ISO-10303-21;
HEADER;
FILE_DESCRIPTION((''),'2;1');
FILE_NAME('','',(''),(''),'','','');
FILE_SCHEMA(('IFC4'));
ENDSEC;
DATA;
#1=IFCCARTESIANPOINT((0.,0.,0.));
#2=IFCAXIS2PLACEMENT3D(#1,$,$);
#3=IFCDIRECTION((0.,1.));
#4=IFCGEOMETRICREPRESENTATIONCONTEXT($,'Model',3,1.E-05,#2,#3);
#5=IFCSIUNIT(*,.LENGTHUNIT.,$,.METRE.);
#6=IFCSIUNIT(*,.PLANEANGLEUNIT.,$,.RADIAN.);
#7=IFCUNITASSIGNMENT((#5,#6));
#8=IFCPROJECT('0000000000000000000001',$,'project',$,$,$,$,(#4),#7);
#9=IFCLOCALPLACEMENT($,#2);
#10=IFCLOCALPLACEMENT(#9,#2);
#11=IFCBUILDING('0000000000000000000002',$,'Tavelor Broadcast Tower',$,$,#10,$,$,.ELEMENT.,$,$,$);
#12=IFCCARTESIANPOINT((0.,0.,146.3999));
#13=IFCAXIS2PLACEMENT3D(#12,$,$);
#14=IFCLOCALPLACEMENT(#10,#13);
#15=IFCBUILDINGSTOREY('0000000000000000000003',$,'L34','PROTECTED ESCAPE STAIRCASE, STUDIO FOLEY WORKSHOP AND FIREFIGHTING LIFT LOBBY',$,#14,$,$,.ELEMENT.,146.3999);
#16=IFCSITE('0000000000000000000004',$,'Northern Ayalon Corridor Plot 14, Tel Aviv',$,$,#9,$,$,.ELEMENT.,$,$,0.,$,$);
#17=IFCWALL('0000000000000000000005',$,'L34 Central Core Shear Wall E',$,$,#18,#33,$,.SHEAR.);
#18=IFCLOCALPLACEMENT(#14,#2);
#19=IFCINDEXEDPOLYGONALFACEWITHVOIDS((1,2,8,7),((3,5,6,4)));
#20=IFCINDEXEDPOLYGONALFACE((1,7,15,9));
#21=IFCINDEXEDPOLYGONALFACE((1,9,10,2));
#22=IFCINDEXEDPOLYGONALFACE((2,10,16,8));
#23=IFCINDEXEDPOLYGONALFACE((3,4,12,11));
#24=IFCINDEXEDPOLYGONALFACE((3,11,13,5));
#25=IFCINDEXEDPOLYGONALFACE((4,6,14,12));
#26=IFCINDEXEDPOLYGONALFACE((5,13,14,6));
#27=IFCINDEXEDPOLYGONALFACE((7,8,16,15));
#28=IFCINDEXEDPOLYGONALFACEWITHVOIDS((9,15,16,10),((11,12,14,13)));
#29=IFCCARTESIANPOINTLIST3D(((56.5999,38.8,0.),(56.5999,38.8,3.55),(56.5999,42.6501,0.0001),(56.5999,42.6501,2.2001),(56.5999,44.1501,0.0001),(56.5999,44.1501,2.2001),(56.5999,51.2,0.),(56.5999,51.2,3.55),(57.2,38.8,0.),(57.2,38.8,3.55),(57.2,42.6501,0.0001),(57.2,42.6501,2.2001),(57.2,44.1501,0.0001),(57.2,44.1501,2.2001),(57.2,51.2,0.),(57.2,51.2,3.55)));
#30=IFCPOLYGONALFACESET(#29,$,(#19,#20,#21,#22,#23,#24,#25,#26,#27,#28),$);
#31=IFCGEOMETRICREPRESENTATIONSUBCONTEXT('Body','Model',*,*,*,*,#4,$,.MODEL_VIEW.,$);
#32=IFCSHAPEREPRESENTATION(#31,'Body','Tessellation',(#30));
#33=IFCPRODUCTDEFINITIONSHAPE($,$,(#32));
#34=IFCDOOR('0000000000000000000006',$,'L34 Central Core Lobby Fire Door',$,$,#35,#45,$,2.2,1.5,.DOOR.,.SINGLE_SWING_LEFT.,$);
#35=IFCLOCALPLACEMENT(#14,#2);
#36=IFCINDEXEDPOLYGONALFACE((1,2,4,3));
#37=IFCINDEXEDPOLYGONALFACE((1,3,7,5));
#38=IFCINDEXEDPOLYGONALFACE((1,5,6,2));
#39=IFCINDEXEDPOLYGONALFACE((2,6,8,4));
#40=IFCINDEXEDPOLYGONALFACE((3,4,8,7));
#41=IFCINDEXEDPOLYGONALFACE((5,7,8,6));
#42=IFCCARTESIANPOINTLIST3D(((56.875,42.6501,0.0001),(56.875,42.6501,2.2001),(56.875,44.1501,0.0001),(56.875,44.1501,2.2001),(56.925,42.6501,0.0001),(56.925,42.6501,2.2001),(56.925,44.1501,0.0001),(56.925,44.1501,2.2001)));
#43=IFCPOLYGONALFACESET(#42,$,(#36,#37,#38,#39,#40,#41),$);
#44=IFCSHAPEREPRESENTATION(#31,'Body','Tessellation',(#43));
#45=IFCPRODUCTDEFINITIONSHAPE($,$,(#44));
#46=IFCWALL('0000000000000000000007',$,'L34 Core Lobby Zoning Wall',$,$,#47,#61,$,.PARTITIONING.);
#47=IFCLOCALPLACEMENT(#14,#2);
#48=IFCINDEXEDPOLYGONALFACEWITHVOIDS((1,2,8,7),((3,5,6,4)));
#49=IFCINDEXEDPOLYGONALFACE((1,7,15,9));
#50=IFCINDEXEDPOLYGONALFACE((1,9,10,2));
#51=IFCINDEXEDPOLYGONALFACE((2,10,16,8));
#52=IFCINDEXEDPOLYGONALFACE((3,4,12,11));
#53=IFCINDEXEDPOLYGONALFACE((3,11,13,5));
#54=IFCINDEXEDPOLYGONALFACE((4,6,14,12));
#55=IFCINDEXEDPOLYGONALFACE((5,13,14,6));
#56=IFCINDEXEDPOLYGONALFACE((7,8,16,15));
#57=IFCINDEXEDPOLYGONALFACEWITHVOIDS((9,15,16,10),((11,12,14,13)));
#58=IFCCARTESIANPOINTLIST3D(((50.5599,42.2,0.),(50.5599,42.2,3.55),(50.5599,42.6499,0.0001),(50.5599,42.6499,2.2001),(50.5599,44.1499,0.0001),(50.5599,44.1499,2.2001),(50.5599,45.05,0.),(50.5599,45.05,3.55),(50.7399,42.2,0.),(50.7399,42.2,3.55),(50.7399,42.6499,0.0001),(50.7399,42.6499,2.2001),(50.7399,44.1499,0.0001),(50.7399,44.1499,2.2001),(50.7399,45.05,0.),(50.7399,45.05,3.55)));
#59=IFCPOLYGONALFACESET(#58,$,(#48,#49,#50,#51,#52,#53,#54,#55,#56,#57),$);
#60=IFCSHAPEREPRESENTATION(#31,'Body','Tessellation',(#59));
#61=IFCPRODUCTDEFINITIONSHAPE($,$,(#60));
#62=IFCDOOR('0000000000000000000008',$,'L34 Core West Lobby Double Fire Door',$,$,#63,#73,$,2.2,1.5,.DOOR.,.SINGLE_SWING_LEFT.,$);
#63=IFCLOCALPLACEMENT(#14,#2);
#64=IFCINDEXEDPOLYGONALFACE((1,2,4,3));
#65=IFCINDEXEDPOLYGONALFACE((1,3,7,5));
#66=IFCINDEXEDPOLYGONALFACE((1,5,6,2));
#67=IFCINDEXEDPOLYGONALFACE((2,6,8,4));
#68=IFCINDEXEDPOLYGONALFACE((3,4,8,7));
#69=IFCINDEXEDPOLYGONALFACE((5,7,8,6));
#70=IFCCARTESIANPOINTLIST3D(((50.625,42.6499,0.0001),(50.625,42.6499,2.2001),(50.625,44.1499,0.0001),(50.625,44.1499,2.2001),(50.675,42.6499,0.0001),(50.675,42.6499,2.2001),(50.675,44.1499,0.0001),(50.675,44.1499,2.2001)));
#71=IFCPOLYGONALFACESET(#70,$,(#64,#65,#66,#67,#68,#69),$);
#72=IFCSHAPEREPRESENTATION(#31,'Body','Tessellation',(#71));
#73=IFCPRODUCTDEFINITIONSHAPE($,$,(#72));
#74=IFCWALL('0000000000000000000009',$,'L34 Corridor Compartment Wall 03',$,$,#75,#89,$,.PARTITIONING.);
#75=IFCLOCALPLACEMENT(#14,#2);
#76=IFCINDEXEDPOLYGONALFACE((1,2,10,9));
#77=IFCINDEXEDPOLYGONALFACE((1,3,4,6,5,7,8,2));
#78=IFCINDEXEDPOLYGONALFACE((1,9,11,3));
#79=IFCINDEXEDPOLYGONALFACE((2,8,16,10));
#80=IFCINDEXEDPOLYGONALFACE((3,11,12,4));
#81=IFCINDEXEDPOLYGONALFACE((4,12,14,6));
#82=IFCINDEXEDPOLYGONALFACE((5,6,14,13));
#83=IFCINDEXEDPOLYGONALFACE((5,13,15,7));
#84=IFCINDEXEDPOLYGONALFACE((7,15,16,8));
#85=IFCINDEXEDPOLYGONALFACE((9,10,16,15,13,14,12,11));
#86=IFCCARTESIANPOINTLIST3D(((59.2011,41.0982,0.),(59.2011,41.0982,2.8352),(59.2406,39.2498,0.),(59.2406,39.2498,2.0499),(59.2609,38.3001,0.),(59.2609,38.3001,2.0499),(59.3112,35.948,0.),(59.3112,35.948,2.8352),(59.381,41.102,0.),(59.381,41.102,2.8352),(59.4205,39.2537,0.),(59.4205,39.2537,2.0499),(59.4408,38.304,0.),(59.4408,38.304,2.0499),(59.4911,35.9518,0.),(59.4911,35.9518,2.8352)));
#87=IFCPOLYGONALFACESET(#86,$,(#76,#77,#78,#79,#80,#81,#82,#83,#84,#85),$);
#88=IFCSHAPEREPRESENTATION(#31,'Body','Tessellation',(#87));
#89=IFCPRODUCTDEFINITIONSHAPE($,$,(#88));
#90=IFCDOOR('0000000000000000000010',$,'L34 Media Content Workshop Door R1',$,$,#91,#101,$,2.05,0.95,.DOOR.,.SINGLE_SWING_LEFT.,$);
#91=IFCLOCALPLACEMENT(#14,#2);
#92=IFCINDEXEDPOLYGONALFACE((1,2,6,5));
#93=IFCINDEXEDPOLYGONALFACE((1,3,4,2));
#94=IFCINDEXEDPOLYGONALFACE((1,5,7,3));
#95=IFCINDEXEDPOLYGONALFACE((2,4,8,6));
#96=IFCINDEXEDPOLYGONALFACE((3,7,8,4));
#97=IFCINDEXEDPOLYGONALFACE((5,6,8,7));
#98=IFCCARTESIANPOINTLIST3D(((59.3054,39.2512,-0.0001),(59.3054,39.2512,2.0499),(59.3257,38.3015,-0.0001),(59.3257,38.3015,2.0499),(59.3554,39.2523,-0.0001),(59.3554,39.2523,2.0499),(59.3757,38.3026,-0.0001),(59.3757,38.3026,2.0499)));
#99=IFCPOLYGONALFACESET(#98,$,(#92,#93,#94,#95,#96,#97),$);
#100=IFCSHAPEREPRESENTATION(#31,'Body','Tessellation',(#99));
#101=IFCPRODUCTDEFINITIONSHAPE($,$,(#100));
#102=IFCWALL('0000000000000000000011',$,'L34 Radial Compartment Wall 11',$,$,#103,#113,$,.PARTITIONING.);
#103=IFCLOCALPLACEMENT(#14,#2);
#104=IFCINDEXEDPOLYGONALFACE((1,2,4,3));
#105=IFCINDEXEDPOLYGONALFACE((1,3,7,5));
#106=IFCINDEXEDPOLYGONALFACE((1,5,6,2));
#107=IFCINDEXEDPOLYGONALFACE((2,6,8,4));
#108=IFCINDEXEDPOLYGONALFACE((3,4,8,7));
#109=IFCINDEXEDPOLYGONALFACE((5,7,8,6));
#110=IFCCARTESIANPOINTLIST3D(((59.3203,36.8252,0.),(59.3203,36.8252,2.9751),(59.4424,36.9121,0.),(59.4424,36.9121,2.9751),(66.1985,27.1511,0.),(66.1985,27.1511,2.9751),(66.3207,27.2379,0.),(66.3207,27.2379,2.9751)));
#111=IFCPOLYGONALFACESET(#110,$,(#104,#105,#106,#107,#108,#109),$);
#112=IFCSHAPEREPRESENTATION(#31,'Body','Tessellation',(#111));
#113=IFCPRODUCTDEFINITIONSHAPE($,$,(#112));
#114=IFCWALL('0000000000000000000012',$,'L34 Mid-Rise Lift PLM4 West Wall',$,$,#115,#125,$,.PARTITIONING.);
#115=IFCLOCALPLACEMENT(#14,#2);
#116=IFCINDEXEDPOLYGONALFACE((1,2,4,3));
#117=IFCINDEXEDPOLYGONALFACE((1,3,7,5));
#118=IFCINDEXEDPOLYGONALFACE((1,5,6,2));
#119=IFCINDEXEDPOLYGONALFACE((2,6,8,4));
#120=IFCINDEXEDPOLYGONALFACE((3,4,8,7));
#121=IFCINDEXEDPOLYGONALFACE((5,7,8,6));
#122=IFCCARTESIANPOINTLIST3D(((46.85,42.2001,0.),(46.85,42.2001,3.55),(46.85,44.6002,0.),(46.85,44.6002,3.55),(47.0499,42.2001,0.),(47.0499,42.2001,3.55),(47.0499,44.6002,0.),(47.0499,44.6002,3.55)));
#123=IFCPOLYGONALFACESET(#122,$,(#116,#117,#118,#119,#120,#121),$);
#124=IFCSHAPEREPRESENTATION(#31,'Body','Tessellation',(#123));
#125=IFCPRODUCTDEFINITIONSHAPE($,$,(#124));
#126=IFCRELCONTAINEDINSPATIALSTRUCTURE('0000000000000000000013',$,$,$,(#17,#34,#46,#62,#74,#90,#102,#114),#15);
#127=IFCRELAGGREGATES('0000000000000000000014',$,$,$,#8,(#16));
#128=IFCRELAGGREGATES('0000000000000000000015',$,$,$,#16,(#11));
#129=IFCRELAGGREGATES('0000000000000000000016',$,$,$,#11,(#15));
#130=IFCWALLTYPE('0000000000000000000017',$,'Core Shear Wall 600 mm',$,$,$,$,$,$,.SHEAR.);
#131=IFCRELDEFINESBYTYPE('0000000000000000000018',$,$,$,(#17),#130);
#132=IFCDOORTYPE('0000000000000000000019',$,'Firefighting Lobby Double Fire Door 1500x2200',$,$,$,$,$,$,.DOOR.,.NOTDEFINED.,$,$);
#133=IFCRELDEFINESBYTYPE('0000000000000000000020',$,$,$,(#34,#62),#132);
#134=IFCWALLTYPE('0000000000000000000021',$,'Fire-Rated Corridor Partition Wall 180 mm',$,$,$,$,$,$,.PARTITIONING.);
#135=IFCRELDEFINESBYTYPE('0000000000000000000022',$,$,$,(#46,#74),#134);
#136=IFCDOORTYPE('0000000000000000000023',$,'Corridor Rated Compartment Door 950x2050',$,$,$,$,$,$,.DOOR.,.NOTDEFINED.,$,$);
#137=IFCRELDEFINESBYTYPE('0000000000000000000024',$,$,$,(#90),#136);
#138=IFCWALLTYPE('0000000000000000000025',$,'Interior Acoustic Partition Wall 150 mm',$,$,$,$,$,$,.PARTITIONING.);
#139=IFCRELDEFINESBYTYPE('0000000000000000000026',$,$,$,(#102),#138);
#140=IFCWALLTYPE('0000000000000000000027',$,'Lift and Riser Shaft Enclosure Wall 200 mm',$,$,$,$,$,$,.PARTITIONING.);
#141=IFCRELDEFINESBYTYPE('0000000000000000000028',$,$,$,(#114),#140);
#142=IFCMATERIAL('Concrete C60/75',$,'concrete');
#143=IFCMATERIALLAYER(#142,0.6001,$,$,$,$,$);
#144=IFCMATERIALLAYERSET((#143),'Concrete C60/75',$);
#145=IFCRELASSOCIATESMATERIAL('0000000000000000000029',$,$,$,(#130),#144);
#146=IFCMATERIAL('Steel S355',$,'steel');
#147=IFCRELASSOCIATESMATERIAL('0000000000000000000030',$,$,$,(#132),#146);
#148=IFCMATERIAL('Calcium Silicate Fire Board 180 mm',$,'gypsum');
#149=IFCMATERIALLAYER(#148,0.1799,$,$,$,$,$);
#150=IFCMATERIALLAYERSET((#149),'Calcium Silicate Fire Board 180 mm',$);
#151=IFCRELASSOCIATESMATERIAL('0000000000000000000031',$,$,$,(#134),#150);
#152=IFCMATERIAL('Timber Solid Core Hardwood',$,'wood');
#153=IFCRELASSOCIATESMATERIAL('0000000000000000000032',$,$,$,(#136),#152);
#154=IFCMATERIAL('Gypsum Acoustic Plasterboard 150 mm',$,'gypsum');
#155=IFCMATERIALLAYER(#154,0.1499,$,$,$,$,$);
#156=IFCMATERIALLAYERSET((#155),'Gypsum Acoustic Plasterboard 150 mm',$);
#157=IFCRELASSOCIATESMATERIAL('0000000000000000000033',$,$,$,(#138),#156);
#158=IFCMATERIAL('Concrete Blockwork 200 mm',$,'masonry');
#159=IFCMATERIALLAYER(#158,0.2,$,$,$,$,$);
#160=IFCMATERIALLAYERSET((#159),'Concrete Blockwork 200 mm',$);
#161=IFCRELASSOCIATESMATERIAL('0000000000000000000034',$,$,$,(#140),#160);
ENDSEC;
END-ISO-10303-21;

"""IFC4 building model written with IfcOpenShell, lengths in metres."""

from ifc_helpers import new_model, si_unit, direction, frame, frame_2d, origin, place, context, subcontext, project, spatial, rectangle, extrude, material, layer, layer_set, type_object, element, fill, save


model = new_model("IFC4")

# Units and contexts
model_context = context("Model", 3, precision=1e-05, world=origin(), true_north=direction((0.0, 1.0)))
body_context = subcontext(model_context, "Body", "Model", "MODEL_VIEW")
ifc_project = project(units=[si_unit("LENGTHUNIT", "METRE"), si_unit("PLANEANGLEUNIT", "RADIAN")], contexts=[model_context])

# Site, building, storey
site_placement = place(None, origin())
site = spatial("IfcSite", under=ifc_project, at=site_placement, Name="Northern Ayalon Corridor Plot 14, Tel Aviv", CompositionType="ELEMENT", RefElevation=0.0)
building_placement = place(site_placement, origin())
building = spatial("IfcBuilding", under=site, at=building_placement, Name="Tavelor Broadcast Tower", CompositionType="ELEMENT")
storey_placement = place(building_placement, frame((0.0, 0.0, 146.3999)))
storey = spatial("IfcBuildingStorey", under=building, at=storey_placement, Name="L34", Description="PROTECTED ESCAPE STAIRCASE, STUDIO FOLEY WORKSHOP AND FIREFIGHTING LIFT LOBBY", CompositionType="ELEMENT", Elevation=146.3999)

# Shared definitions
ifc_material_1 = material(Name="Concrete C60/75", Category="concrete")

# Shared definitions
ifc_material_2 = material(Name="Steel S355", Category="steel")

# Walls, openings, doors
ifc_layer_1 = layer(ifc_material_1, 0.6001)
ifc_layer_set_1 = layer_set([ifc_layer_1], Name="Concrete C60/75")
wall_type_1 = type_object("IfcWallType", Name="Core Shear Wall 600 mm", PredefinedType="SHEAR", material=ifc_layer_set_1)
wall_1_placement = place(storey_placement, frame((56.8999, 38.8, 0.0), z_axis=(0.0, 0.0, 1.0), x_axis=(0.0, 1.0, 0.0)))
wall_1 = element("IfcWall", 1, at=wall_1_placement, inside=storey, type_object=wall_type_1, Name="L34 Central Core Shear Wall E", PredefinedType="SHEAR", context=body_context, shape_type="SweptSolid", body=[
    extrude(rectangle(XDim=12.3999, YDim=0.6001, at=frame_2d((6.2, 0.0))), origin(), (0.0, 0.0, 1.0), 3.55),
])
opening_1_placement = place(wall_1_placement, frame((3.8501, 0.0, 0.0)))
opening_1 = element("IfcOpeningElement", 2, at=opening_1_placement, cuts=wall_1, PredefinedType="OPENING", context=body_context, shape_type="SweptSolid", body=[
    extrude(rectangle(XDim=1.5, YDim=2.2, at=frame_2d((0.75, 1.1001))), frame((0.0, 0.3101, 0.0), z_axis=(0.0, -1.0, 0.0), x_axis=(1.0, 0.0, 0.0)), (0.0, 0.0, 1.0), 0.6201),
])
door_type_1 = type_object("IfcDoorType", Name="Firefighting Lobby Double Fire Door 1500x2200", OperationType="NOTDEFINED", PredefinedType="DOOR", material=ifc_material_2)
door_1_placement = place(opening_1_placement, origin())
door_1 = element("IfcDoor", 3, at=door_1_placement, inside=storey, type_object=door_type_1, Name="L34 Central Core Lobby Fire Door", OperationType="SINGLE_SWING_LEFT", OverallHeight=2.2, OverallWidth=1.5, PredefinedType="DOOR", context=body_context, shape_type="SweptSolid", body=[
    extrude(rectangle(XDim=1.5, YDim=2.2, at=frame_2d((0.75, 1.1001))), frame((0.0, 0.0249, 0.0), z_axis=(0.0, -1.0, 0.0), x_axis=(1.0, 0.0, 0.0)), (0.0, 0.0, 1.0), 0.05),
])
fill(opening_1, door_1)
ifc_material_3 = material(Name="Calcium Silicate Fire Board 180 mm", Category="gypsum")
ifc_layer_2 = layer(ifc_material_3, 0.1799)
ifc_layer_set_2 = layer_set([ifc_layer_2], Name="Calcium Silicate Fire Board 180 mm")
wall_type_2 = type_object("IfcWallType", Name="Fire-Rated Corridor Partition Wall 180 mm", PredefinedType="PARTITIONING", material=ifc_layer_set_2)
wall_2_placement = place(storey_placement, frame((50.6499, 42.2, 0.0), z_axis=(0.0, 0.0, 1.0), x_axis=(0.0, 1.0, 0.0)))
wall_2 = element("IfcWall", 4, at=wall_2_placement, inside=storey, type_object=wall_type_2, Name="L34 Core Lobby Zoning Wall", PredefinedType="PARTITIONING", context=body_context, shape_type="SweptSolid", body=[
    extrude(rectangle(XDim=2.8501, YDim=0.1799, at=frame_2d((1.425, 0.0))), origin(), (0.0, 0.0, 1.0), 3.55),
])
opening_2_placement = place(wall_2_placement, frame((0.45, 0.0, 0.0)))
opening_2 = element("IfcOpeningElement", 5, at=opening_2_placement, cuts=wall_2, PredefinedType="OPENING", context=body_context, shape_type="SweptSolid", body=[
    extrude(rectangle(XDim=1.5, YDim=2.2, at=frame_2d((0.75, 1.1001))), frame((0.0, 0.1001, 0.0), z_axis=(0.0, -1.0, 0.0), x_axis=(1.0, 0.0, 0.0)), (0.0, 0.0, 1.0), 0.2),
])
door_2_placement = place(opening_2_placement, origin())
door_2 = element("IfcDoor", 6, at=door_2_placement, inside=storey, type_object=door_type_1, Name="L34 Core West Lobby Double Fire Door", OperationType="SINGLE_SWING_LEFT", OverallHeight=2.2, OverallWidth=1.5, PredefinedType="DOOR", context=body_context, shape_type="SweptSolid", body=[
    extrude(rectangle(XDim=1.5, YDim=2.2, at=frame_2d((0.75, 1.1001))), frame((0.0, 0.0249, 0.0), z_axis=(0.0, -1.0, 0.0), x_axis=(1.0, 0.0, 0.0)), (0.0, 0.0, 1.0), 0.05),
])
fill(opening_2, door_2)
wall_3_placement = place(storey_placement, frame((59.291, 41.1001, 0.0), z_axis=(0.0, 0.0, 1.0), x_axis=(0.021375, -0.999772, 0.0)))
wall_3 = element("IfcWall", 7, at=wall_3_placement, inside=storey, type_object=wall_type_2, Name="L34 Corridor Compartment Wall 03", PredefinedType="PARTITIONING", context=body_context, shape_type="SweptSolid", body=[
    extrude(rectangle(XDim=5.1514, YDim=0.1799, at=frame_2d((2.5757, 0.0))), origin(), (0.0, 0.0, 1.0), 2.8352),
])
opening_3_placement = place(wall_3_placement, frame((1.8486, 0.0, 0.0)))
opening_3 = element("IfcOpeningElement", 8, at=opening_3_placement, cuts=wall_3, PredefinedType="OPENING", context=body_context, shape_type="SweptSolid", body=[
    extrude(rectangle(XDim=0.95, YDim=2.05, at=frame_2d((0.4751, 1.0249))), frame((0.0, 0.1001, 0.0), z_axis=(0.0, -1.0, 0.0), x_axis=(1.0, 0.0, 0.0)), (0.0, 0.0, 1.0), 0.2),
])
ifc_material_4 = material(Name="Timber Solid Core Hardwood", Category="wood")
door_type_2 = type_object("IfcDoorType", Name="Corridor Rated Compartment Door 950x2050", OperationType="NOTDEFINED", PredefinedType="DOOR", material=ifc_material_4)
door_3_placement = place(opening_3_placement, origin())
door_3 = element("IfcDoor", 9, at=door_3_placement, inside=storey, type_object=door_type_2, Name="L34 Media Content Workshop Door R1", OperationType="SINGLE_SWING_LEFT", OverallHeight=2.05, OverallWidth=0.95, PredefinedType="DOOR", context=body_context, shape_type="SweptSolid", body=[
    extrude(rectangle(XDim=0.95, YDim=2.05, at=frame_2d((0.4751, 1.0249))), frame((0.0, 0.0249, 0.0), z_axis=(0.0, -1.0, 0.0), x_axis=(1.0, 0.0, 0.0)), (0.0, 0.0, 1.0), 0.05),
])
fill(opening_3, door_3)

# Wall
ifc_material_5 = material(Name="Gypsum Acoustic Plasterboard 150 mm", Category="gypsum")
ifc_layer_3 = layer(ifc_material_5, 0.1499)
ifc_layer_set_3 = layer_set([ifc_layer_3], Name="Gypsum Acoustic Plasterboard 150 mm")
wall_type_3 = type_object("IfcWallType", Name="Interior Acoustic Partition Wall 150 mm", PredefinedType="PARTITIONING", material=ifc_layer_set_3)
wall_4_placement = place(storey_placement, frame((59.3813, 36.8687, 0.0), z_axis=(0.0, 0.0, 1.0), x_axis=(0.579459, -0.815002, 0.0)))
element("IfcWall", 10, at=wall_4_placement, inside=storey, type_object=wall_type_3, Name="L34 Radial Compartment Wall 11", PredefinedType="PARTITIONING", context=body_context, shape_type="SweptSolid", body=[
    extrude(rectangle(XDim=11.8701, YDim=0.1499, at=frame_2d((5.9351, 0.0))), origin(), (0.0, 0.0, 1.0), 2.9751),
])

# Shared definitions
ifc_material_6 = material(Name="Concrete Blockwork 200 mm", Category="masonry")

# Wall
ifc_layer_4 = layer(ifc_material_6, 0.2)
ifc_layer_set_4 = layer_set([ifc_layer_4], Name="Concrete Blockwork 200 mm")
wall_type_4 = type_object("IfcWallType", Name="Lift and Riser Shaft Enclosure Wall 200 mm", PredefinedType="PARTITIONING", material=ifc_layer_set_4)
wall_5_placement = place(storey_placement, frame((46.95, 42.2, 0.0), z_axis=(0.0, 0.0, 1.0), x_axis=(0.0, 1.0, 0.0)))
element("IfcWall", 11, at=wall_5_placement, inside=storey, type_object=wall_type_4, Name="L34 Mid-Rise Lift PLM4 West Wall", PredefinedType="PARTITIONING", context=body_context, shape_type="SweptSolid", body=[
    extrude(rectangle(XDim=2.4001, YDim=0.2, at=frame_2d((1.2002, 0.0))), origin(), (0.0, 0.0, 1.0), 3.55),
])

save(model, "model.ifc")
